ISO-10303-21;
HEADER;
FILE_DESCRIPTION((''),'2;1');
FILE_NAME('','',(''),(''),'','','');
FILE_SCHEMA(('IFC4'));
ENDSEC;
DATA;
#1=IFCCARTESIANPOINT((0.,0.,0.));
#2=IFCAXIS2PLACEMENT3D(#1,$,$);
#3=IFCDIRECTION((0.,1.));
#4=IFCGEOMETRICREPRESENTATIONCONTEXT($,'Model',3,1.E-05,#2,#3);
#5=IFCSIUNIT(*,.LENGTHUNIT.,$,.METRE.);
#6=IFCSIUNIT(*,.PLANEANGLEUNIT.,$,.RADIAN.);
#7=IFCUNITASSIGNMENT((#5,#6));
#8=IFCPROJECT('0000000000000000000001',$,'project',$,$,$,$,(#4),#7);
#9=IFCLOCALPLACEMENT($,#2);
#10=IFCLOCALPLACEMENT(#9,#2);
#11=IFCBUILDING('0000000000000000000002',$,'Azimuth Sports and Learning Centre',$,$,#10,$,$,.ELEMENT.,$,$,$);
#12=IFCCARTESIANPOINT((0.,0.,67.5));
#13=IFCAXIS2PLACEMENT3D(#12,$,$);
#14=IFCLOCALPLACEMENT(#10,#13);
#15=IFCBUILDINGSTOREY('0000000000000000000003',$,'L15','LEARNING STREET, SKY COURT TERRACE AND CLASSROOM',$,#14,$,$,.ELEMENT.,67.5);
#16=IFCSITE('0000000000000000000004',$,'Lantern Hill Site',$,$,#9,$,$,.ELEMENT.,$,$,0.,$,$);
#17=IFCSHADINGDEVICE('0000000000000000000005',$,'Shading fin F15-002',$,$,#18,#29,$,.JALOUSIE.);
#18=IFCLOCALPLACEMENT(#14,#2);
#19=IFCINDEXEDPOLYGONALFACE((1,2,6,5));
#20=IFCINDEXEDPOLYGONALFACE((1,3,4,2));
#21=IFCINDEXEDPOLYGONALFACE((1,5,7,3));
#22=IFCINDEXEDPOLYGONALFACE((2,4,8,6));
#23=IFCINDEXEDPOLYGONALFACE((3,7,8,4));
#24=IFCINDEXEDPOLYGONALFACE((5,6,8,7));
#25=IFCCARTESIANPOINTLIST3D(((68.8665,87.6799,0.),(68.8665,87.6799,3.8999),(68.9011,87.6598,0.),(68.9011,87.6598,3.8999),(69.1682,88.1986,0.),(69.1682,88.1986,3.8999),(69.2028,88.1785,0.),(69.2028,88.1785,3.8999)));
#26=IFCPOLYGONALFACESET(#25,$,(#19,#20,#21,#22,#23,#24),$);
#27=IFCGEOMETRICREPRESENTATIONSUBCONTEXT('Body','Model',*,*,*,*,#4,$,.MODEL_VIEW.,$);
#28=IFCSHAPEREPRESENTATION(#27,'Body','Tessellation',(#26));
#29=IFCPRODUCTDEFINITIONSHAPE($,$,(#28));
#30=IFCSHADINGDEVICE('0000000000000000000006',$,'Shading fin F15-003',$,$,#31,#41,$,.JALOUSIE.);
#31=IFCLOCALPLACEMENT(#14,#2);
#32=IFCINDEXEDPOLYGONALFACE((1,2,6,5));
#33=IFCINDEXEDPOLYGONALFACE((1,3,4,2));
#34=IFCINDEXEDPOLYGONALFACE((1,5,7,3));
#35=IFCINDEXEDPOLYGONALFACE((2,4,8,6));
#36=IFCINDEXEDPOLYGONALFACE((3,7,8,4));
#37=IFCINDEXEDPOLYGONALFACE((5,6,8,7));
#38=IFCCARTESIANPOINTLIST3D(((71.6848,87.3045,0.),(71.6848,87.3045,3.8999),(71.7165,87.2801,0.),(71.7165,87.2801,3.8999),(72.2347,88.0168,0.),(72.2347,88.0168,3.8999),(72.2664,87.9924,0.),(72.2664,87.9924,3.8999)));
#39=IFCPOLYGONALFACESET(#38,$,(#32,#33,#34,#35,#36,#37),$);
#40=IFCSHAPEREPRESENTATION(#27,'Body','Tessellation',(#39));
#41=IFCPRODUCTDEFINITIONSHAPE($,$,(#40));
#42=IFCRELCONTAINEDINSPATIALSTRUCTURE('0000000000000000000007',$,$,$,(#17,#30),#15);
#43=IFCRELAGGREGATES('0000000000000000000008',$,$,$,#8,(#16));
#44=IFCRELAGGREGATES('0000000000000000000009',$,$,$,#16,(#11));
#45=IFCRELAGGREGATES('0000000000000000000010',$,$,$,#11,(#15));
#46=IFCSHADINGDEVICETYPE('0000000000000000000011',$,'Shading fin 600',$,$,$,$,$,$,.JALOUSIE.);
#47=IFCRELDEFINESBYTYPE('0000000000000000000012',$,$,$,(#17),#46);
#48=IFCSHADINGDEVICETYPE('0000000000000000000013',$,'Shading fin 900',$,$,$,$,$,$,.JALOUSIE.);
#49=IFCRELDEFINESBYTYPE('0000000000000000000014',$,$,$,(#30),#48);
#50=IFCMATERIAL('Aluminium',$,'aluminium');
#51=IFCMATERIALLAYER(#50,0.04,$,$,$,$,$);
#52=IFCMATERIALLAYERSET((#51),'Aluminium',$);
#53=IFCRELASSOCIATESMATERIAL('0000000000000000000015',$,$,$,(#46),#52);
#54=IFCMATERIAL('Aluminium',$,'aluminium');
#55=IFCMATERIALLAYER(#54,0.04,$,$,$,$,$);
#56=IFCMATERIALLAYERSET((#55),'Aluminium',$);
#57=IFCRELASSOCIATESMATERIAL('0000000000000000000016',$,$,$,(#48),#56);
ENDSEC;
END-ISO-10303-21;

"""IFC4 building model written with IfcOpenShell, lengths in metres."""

from ifc_helpers import new_model, si_unit, direction, frame, origin, origin_2d, place, context, subcontext, project, spatial, rectangle, extrude, material, layer, layer_set, type_object, element, save


model = new_model("IFC4")

# Units and contexts
model_context = context("Model", 3, precision=1e-05, world=origin(), true_north=direction((0.0, 1.0)))
body_context = subcontext(model_context, "Body", "Model", "MODEL_VIEW")
ifc_project = project(units=[si_unit("LENGTHUNIT", "METRE"), si_unit("PLANEANGLEUNIT", "RADIAN")], contexts=[model_context])

# Site, building, storey
site_placement = place(None, origin())
site = spatial("IfcSite", under=ifc_project, at=site_placement, Name="Lantern Hill Site", CompositionType="ELEMENT", RefElevation=0.0)
building_placement = place(site_placement, origin())
building = spatial("IfcBuilding", under=site, at=building_placement, Name="Azimuth Sports and Learning Centre", CompositionType="ELEMENT")
storey_placement = place(building_placement, frame((0.0, 0.0, 67.5)))
storey = spatial("IfcBuildingStorey", under=building, at=storey_placement, Name="L15", Description="LEARNING STREET, SKY COURT TERRACE AND CLASSROOM", CompositionType="ELEMENT", Elevation=67.5)

# Shading devices
ifc_material_1 = material(Name="Aluminium", Category="aluminium")
ifc_layer_1 = layer(ifc_material_1, 0.04)
ifc_layer_set_1 = layer_set([ifc_layer_1], Name="Aluminium")
shading_device_type_1 = type_object("IfcShadingDeviceType", Name="Shading fin 600", PredefinedType="JALOUSIE", material=ifc_layer_set_1)
for number, where, z_axis, x_axis, name in (
    (1, (69.0347, 87.9292, 0.0), (0.0, 0.0, 1.0), (-0.502821, -0.86439, 0.0), "Shading fin F15-002"),
):
    element("IfcShadingDevice", number, at=place(storey_placement, frame(where, z_axis=z_axis, x_axis=x_axis)), inside=storey, type_object=shading_device_type_1, Name=name, PredefinedType="JALOUSIE", context=body_context, shape_type="SweptSolid", body=[
        extrude(rectangle(XDim=0.6001, YDim=0.04, at=origin_2d()), origin(), (0.0, 0.0, 1.0), 3.8999),
    ])
ifc_material_2 = material(Name="Aluminium", Category="aluminium")
ifc_layer_2 = layer(ifc_material_2, 0.04)
ifc_layer_set_2 = layer_set([ifc_layer_2], Name="Aluminium")
shading_device_type_2 = type_object("IfcShadingDeviceType", Name="Shading fin 900", PredefinedType="JALOUSIE", material=ifc_layer_set_2)
shading_device_placement = place(storey_placement, frame((71.9756, 87.6484, 0.0), z_axis=(0.0, 0.0, 1.0), x_axis=(-0.611135, -0.791526, 0.0)))
element("IfcShadingDevice", 2, at=shading_device_placement, inside=storey, type_object=shading_device_type_2, Name="Shading fin F15-003", PredefinedType="JALOUSIE", context=body_context, shape_type="SweptSolid", body=[
    extrude(rectangle(XDim=0.8999, YDim=0.04, at=origin_2d()), origin(), (0.0, 0.0, 1.0), 3.8999),
])

save(model, "model.ifc")
